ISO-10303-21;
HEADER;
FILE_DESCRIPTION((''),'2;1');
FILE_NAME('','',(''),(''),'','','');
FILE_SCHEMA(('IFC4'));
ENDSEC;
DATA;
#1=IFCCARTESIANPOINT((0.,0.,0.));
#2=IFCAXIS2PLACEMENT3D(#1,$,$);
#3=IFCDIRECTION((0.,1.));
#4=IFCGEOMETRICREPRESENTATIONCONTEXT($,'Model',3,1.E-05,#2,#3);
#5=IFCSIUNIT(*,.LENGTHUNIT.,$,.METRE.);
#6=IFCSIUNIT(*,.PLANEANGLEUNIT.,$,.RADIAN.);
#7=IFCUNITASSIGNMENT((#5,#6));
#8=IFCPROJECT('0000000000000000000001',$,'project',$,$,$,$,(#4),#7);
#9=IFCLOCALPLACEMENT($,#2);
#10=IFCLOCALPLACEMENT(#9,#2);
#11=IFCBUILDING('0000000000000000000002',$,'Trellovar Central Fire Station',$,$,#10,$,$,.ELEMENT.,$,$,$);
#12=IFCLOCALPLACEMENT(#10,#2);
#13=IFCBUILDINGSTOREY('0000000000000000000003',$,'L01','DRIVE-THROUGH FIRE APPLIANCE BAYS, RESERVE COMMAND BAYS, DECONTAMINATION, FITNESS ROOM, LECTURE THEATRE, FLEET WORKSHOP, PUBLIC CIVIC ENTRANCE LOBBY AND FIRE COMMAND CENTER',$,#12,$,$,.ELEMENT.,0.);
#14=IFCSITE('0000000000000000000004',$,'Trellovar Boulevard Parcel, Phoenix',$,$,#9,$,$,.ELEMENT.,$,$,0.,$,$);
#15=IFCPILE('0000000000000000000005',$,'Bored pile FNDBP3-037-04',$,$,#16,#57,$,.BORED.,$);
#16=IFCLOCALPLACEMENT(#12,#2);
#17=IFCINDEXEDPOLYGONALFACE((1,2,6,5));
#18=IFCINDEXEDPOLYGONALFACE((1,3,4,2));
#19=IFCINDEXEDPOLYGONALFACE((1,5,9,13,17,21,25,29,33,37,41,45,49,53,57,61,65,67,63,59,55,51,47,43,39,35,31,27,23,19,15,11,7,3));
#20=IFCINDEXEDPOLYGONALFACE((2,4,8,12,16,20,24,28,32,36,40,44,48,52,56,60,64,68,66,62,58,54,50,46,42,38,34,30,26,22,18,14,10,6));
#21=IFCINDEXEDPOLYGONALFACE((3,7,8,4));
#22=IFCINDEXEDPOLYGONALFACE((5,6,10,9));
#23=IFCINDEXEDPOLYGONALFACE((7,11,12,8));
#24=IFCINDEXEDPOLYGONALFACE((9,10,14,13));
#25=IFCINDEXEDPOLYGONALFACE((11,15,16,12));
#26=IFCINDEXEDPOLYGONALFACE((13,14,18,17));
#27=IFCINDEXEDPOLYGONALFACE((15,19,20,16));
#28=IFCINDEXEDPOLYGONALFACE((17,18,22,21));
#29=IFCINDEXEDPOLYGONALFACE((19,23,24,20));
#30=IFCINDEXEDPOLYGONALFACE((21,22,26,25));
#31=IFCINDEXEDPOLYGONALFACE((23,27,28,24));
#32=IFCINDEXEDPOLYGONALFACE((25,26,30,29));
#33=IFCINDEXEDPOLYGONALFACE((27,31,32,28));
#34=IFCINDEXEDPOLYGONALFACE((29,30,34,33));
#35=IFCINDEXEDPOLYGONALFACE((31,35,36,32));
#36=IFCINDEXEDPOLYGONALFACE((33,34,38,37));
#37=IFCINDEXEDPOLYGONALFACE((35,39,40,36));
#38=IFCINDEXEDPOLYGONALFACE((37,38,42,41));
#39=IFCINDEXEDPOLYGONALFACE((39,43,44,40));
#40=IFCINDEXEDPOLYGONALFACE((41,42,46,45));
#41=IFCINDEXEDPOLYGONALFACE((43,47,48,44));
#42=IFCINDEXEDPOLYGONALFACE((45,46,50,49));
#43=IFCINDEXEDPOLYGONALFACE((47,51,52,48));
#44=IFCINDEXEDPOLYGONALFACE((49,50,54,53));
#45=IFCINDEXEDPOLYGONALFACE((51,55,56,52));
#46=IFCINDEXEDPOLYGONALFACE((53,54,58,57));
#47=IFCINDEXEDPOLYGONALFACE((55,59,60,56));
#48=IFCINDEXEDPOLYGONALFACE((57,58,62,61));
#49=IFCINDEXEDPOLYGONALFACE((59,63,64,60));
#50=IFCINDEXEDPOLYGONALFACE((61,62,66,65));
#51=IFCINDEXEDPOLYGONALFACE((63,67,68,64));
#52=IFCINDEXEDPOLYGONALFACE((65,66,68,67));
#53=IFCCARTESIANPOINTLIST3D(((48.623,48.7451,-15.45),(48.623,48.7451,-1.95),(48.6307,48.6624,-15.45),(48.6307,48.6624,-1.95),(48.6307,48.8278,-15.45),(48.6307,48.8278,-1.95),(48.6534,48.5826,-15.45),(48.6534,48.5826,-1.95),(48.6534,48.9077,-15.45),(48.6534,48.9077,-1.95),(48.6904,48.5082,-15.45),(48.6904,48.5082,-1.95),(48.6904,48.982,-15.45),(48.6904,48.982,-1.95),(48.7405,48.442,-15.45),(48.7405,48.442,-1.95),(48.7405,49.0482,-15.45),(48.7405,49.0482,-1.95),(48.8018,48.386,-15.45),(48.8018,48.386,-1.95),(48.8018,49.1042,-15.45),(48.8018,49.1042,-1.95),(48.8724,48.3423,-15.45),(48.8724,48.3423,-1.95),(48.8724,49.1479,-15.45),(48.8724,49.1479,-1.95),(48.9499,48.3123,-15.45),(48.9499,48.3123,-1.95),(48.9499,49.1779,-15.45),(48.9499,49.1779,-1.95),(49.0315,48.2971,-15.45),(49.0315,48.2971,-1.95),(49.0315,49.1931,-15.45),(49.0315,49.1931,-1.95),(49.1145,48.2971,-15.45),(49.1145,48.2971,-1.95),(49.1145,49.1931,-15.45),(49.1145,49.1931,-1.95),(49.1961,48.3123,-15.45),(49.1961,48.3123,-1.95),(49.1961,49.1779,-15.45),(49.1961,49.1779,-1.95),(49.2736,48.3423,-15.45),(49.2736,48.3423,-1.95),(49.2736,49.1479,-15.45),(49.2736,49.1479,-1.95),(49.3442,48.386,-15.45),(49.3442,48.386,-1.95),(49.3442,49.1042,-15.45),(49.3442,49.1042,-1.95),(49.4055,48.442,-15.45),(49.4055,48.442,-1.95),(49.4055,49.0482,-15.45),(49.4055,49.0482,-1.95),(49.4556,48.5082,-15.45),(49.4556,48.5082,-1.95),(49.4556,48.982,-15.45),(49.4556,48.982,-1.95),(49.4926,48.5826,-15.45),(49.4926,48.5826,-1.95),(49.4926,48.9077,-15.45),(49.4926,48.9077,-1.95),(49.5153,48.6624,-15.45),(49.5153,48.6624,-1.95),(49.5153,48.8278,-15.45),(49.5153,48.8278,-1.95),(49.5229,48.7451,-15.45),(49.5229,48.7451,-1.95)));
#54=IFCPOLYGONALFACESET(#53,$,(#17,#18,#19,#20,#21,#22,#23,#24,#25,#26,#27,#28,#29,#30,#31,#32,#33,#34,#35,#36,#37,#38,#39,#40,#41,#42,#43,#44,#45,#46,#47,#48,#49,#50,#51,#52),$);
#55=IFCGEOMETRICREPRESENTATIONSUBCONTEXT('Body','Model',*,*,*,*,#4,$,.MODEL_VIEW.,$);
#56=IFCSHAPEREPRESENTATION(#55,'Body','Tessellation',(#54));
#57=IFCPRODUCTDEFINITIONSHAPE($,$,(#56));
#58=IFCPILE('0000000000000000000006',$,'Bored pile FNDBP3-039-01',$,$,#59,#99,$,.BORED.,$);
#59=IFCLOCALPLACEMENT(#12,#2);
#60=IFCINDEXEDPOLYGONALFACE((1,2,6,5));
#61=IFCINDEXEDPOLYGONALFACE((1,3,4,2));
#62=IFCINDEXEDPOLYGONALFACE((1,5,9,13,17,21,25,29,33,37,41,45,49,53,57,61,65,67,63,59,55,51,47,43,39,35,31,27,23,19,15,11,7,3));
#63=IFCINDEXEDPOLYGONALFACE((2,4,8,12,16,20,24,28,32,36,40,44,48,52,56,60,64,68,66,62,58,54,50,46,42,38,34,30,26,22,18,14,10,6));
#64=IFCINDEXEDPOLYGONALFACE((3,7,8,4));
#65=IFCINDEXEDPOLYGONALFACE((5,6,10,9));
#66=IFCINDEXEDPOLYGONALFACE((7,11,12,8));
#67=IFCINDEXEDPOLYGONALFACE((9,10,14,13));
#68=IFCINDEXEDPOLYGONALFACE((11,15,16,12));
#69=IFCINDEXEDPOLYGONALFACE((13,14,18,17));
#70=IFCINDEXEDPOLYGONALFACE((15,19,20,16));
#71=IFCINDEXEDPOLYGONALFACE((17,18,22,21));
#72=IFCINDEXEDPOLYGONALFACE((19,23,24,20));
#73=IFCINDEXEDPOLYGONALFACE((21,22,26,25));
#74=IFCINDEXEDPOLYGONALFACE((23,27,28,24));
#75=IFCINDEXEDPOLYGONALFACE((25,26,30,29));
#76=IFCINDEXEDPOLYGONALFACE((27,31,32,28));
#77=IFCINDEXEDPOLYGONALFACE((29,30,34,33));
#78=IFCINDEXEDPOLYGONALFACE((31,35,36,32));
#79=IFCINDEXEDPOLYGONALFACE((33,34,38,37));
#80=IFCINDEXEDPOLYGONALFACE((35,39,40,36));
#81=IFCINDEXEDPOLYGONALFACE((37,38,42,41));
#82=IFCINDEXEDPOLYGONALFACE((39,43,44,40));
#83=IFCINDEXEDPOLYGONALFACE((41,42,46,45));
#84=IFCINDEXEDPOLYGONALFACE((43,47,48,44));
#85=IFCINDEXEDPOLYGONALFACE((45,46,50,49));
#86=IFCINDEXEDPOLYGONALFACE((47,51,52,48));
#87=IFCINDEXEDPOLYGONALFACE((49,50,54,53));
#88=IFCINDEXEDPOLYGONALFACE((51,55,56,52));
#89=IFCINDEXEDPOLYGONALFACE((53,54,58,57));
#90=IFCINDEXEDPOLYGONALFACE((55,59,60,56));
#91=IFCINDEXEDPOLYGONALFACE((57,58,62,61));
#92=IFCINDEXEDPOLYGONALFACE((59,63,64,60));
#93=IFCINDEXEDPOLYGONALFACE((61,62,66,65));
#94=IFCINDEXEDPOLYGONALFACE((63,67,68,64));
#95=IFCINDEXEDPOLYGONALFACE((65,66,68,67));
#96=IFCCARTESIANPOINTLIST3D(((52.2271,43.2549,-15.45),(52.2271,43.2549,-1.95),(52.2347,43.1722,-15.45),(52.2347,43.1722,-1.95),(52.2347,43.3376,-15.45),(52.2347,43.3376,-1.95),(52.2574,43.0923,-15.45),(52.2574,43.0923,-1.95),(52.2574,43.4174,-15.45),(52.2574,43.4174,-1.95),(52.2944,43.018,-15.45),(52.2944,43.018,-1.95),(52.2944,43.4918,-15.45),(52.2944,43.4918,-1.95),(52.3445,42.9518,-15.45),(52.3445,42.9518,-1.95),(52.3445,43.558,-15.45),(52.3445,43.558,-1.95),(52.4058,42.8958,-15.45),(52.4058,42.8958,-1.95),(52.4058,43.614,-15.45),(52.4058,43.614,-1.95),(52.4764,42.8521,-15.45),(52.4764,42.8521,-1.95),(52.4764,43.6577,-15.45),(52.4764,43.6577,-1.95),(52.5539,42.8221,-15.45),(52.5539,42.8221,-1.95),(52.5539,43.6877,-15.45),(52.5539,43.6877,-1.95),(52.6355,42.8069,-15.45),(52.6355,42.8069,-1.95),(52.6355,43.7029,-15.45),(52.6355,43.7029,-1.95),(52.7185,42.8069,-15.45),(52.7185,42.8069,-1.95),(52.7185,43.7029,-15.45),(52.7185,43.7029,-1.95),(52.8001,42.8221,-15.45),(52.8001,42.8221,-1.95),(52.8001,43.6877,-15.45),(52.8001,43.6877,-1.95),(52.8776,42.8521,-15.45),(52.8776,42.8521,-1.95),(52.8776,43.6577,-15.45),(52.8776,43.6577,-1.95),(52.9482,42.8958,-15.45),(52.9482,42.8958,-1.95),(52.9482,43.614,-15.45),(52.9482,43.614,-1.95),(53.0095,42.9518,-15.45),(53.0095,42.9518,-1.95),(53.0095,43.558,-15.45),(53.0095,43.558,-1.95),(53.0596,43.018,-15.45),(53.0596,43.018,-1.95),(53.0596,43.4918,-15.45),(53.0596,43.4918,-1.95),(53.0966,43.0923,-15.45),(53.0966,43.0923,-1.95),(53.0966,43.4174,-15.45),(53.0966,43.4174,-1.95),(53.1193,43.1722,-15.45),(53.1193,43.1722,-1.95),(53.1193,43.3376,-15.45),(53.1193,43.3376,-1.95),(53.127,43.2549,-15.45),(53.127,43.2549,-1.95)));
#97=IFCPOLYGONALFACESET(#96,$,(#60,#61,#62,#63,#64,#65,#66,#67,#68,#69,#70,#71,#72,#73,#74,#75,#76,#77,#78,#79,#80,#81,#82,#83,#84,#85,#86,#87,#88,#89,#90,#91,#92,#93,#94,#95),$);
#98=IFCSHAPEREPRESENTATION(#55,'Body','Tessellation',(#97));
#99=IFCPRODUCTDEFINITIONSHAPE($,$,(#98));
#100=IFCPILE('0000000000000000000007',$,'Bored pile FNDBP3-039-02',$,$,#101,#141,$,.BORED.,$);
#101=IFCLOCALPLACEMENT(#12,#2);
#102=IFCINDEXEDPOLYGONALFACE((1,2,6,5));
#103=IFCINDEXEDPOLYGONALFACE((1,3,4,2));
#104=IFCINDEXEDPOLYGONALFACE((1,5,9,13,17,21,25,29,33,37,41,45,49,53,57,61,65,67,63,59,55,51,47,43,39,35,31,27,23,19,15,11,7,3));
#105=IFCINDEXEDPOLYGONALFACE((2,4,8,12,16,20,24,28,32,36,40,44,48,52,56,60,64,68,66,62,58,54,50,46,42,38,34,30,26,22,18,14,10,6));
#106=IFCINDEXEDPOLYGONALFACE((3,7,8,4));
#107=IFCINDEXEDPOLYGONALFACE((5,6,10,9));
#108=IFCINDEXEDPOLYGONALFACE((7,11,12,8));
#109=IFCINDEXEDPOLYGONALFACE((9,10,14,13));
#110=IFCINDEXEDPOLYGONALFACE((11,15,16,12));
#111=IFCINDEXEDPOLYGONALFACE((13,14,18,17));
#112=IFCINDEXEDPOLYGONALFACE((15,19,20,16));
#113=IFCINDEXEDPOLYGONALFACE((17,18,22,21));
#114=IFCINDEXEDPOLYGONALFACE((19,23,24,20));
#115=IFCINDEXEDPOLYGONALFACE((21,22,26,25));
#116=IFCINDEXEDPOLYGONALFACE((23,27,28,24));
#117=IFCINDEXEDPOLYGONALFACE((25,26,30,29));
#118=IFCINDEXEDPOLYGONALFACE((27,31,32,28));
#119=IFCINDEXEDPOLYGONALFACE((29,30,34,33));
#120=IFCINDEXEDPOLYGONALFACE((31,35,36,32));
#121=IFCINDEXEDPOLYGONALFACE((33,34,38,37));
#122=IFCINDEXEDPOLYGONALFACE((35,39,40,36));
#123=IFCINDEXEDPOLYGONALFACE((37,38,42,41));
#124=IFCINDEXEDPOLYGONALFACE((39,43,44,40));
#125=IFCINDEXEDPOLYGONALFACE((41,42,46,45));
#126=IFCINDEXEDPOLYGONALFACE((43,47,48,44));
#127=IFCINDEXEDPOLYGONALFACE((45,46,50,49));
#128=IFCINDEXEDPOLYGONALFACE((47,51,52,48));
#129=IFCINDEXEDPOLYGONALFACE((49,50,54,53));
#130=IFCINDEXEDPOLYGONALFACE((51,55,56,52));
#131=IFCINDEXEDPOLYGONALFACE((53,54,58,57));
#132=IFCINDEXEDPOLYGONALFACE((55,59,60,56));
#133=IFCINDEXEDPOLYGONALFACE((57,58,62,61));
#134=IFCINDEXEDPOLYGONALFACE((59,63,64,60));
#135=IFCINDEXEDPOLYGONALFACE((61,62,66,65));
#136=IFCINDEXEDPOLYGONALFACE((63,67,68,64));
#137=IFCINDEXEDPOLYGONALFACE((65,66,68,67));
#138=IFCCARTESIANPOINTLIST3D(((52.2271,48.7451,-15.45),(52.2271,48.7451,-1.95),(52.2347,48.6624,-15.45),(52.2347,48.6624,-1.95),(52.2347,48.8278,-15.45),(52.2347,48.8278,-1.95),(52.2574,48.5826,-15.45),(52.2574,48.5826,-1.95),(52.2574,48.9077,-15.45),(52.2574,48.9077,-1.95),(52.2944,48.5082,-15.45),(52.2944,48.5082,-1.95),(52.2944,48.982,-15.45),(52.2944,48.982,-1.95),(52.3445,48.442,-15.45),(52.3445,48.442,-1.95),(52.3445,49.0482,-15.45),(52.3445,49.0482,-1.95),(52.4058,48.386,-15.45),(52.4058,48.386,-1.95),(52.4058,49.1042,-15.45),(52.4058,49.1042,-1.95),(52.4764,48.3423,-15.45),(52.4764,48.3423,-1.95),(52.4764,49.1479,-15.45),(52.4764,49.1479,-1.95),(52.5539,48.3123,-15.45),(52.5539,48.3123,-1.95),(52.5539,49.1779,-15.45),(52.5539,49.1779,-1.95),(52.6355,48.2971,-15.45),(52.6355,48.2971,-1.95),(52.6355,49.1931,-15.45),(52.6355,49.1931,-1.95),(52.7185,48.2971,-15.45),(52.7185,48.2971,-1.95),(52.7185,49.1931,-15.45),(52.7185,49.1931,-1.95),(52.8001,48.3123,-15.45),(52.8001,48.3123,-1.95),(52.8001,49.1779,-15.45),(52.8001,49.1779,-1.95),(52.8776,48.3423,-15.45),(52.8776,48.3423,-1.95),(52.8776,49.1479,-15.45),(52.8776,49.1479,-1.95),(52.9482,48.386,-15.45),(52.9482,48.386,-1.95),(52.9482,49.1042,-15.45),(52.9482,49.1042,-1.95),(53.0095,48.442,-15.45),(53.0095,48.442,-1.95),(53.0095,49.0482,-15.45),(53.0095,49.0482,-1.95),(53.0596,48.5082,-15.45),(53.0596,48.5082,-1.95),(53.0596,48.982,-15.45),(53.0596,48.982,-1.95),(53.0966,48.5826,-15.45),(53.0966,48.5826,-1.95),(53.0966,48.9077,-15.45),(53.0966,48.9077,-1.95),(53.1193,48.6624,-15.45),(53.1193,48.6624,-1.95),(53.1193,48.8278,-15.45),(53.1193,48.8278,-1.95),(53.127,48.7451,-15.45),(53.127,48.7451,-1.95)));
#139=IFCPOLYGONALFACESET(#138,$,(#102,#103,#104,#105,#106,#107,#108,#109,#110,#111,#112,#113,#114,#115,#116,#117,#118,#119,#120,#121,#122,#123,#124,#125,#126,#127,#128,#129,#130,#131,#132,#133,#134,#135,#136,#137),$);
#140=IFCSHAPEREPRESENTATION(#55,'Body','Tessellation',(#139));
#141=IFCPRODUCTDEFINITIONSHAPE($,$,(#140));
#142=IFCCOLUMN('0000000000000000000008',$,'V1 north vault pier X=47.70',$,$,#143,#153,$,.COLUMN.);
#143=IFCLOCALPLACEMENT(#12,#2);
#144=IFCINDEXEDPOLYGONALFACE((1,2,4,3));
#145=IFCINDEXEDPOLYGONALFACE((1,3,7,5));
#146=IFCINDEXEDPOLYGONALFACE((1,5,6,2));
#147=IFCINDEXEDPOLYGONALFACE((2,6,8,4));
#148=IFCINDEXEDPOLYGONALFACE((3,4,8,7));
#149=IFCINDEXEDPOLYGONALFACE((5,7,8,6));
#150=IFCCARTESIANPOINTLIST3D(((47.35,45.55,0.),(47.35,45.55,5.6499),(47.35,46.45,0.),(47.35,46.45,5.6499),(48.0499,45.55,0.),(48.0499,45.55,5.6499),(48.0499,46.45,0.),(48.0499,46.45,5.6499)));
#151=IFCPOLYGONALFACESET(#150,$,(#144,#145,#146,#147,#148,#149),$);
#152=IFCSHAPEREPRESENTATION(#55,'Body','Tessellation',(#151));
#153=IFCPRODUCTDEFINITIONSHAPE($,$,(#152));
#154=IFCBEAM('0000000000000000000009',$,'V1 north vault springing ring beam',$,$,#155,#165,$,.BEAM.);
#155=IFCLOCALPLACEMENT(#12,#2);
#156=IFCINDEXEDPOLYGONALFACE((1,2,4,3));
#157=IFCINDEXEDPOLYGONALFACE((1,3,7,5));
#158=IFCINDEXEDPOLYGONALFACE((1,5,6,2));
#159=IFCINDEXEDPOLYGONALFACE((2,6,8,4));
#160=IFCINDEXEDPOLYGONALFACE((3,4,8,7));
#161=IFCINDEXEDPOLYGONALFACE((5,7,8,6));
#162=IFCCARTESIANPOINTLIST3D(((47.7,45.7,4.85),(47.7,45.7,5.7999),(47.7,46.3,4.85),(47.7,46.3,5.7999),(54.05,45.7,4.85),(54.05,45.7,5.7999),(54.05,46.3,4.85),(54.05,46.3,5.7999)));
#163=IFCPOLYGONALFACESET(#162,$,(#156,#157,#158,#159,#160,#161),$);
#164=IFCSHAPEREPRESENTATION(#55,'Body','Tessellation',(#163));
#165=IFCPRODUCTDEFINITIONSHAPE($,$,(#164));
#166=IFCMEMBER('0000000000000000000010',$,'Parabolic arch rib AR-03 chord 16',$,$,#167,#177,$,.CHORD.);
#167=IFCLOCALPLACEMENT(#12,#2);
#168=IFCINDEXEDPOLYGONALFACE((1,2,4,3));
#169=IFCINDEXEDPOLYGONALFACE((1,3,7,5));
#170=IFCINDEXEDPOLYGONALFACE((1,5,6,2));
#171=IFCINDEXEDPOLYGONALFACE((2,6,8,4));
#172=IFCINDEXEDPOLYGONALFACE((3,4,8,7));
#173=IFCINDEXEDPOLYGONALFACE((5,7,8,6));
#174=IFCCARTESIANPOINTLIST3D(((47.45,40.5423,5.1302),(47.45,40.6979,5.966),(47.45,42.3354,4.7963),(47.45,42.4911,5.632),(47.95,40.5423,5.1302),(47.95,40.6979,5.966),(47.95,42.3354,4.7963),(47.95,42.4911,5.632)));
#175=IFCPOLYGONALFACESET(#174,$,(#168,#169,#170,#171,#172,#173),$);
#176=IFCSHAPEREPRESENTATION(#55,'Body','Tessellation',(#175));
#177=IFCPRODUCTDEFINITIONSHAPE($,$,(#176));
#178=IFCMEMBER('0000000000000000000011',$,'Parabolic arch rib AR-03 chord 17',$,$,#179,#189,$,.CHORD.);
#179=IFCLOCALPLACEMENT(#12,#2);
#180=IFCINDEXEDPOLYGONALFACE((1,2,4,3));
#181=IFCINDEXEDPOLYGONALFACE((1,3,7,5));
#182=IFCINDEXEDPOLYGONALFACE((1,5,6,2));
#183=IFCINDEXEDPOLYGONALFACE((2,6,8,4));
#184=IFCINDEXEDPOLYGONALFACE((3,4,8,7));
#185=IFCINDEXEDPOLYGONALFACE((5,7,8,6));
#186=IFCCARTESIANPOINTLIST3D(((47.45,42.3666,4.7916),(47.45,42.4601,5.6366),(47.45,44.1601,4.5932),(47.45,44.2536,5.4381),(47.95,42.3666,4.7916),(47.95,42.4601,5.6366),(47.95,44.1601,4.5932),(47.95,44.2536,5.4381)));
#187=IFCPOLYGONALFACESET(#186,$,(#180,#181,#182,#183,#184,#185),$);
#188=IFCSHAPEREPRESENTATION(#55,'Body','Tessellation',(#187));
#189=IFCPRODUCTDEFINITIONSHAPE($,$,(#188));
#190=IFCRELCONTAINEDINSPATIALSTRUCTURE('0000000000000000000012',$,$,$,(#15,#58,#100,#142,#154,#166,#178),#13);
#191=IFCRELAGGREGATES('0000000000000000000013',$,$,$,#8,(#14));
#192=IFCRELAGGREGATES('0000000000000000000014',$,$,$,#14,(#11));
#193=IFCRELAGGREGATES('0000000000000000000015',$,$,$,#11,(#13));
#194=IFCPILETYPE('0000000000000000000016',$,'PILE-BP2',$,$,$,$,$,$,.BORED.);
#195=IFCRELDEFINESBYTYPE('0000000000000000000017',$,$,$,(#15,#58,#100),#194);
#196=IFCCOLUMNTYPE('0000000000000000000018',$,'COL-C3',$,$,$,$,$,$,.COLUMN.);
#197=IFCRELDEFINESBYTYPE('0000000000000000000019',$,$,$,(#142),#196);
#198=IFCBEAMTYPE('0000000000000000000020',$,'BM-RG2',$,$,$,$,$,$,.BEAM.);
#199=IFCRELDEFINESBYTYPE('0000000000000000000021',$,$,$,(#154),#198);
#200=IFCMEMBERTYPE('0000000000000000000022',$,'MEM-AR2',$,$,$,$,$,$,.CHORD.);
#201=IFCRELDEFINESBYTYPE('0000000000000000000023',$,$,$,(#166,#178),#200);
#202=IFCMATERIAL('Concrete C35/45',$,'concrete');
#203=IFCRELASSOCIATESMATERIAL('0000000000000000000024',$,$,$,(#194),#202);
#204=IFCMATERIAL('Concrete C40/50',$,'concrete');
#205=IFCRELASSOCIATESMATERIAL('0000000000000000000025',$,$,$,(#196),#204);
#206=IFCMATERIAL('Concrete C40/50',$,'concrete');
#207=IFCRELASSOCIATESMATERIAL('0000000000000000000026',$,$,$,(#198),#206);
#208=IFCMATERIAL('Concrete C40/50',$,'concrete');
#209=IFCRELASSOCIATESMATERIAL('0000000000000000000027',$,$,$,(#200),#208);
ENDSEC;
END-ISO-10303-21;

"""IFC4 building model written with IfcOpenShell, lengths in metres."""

from ifc_helpers import new_model, si_unit, direction, frame, origin, origin_2d, place, context, subcontext, project, spatial, rectangle, circle, extrude, material, material_profile, profile_set, type_object, element, save


model = new_model("IFC4")

# Units and contexts
model_context = context("Model", 3, precision=1e-05, world=origin(), true_north=direction((0.0, 1.0)))
body_context = subcontext(model_context, "Body", "Model", "MODEL_VIEW")
ifc_project = project(units=[si_unit("LENGTHUNIT", "METRE"), si_unit("PLANEANGLEUNIT", "RADIAN")], contexts=[model_context])

# Site, building, storey
site_placement = place(None, origin())
site = spatial("IfcSite", under=ifc_project, at=site_placement, Name="Trellovar Boulevard Parcel, Phoenix", CompositionType="ELEMENT", RefElevation=0.0)
building_placement = place(site_placement, origin())
building = spatial("IfcBuilding", under=site, at=building_placement, Name="Trellovar Central Fire Station", CompositionType="ELEMENT")
storey_placement = place(building_placement, origin())
storey = spatial("IfcBuildingStorey", under=building, at=storey_placement, Name="L01", Description="DRIVE-THROUGH FIRE APPLIANCE BAYS, RESERVE COMMAND BAYS, DECONTAMINATION, FITNESS ROOM, LECTURE THEATRE, FLEET WORKSHOP, PUBLIC CIVIC ENTRANCE LOBBY AND FIRE COMMAND CENTER", CompositionType="ELEMENT", Elevation=0.0)

# Piles
ifc_material_1 = material(Name="Concrete C35/45", Category="concrete")
ifc_material_profile_1 = material_profile(ifc_material_1, circle(Radius=0.45, at=origin_2d()), Name="PILE900")
ifc_profile_set_1 = profile_set([ifc_material_profile_1], Name="Concrete C35/45")
pile_type = type_object("IfcPileType", Name="PILE-BP2", PredefinedType="BORED", material=ifc_profile_set_1)
for number, where, z_axis, x_axis, name in (
    (1, (49.073, 48.7451, -1.95), (0.0, 0.0, -1.0), (1.0, 0.0, 0.0), "Bored pile FNDBP3-037-04"),
    (2, (52.677, 43.2549, -1.95), (0.0, 0.0, -1.0), (1.0, 0.0, 0.0), "Bored pile FNDBP3-039-01"),
    (3, (52.677, 48.7451, -1.95), (0.0, 0.0, -1.0), (1.0, 0.0, 0.0), "Bored pile FNDBP3-039-02"),
):
    element("IfcPile", number, at=place(storey_placement, frame(where, z_axis=z_axis, x_axis=x_axis)), inside=storey, type_object=pile_type, Name=name, PredefinedType="BORED", context=body_context, shape_type="SweptSolid", body=[
        extrude(circle(Radius=0.45, at=origin_2d()), origin(), (0.0, 0.0, 1.0), 13.5),
    ])

# Column
ifc_material_2 = material(Name="Concrete C40/50", Category="concrete")
ifc_material_profile_2 = material_profile(ifc_material_2, rectangle(XDim=0.7, YDim=0.8999, at=origin_2d()), Name="RC700X900")
ifc_profile_set_2 = profile_set([ifc_material_profile_2], Name="Concrete C40/50")
column_type = type_object("IfcColumnType", Name="COL-C3", PredefinedType="COLUMN", material=ifc_profile_set_2)
column_placement = place(storey_placement, frame((47.7, 46.0, 0.0), z_axis=(0.0, 0.0, 1.0), x_axis=(1.0, 0.0, 0.0)))
element("IfcColumn", 4, at=column_placement, inside=storey, type_object=column_type, Name="V1 north vault pier X=47.70", PredefinedType="COLUMN", context=body_context, shape_type="SweptSolid", body=[
    extrude(rectangle(XDim=0.7, YDim=0.8999, at=origin_2d()), origin(), (0.0, 0.0, 1.0), 5.6499),
])

# Beam
ifc_material_3 = material(Name="Concrete C40/50", Category="concrete")
ifc_material_profile_3 = material_profile(ifc_material_3, rectangle(XDim=0.6001, YDim=0.95, at=origin_2d()), Name="RC600X950")
ifc_profile_set_3 = profile_set([ifc_material_profile_3], Name="Concrete C40/50")
beam_type = type_object("IfcBeamType", Name="BM-RG2", PredefinedType="BEAM", material=ifc_profile_set_3)
beam_placement = place(storey_placement, frame((47.7, 46.0, 5.325), z_axis=(1.0, 0.0, 0.0), x_axis=(0.0, 1.0, 0.0)))
element("IfcBeam", 5, at=beam_placement, inside=storey, type_object=beam_type, Name="V1 north vault springing ring beam", PredefinedType="BEAM", context=body_context, shape_type="SweptSolid", body=[
    extrude(rectangle(XDim=0.6001, YDim=0.95, at=origin_2d()), origin(), (0.0, 0.0, 1.0), 6.3501),
])

# Members
ifc_material_4 = material(Name="Concrete C40/50", Category="concrete")
ifc_material_profile_4 = material_profile(ifc_material_4, rectangle(XDim=0.5, YDim=0.8501, at=origin_2d()), Name="RC500X850")
ifc_profile_set_4 = profile_set([ifc_material_profile_4], Name="Concrete C40/50")
member_type_1 = type_object("IfcMemberType", Name="MEM-AR2", PredefinedType="CHORD", material=ifc_profile_set_4)
member_1_placement = place(storey_placement, frame((47.7, 40.6201, 5.5481), z_axis=(0.0, 0.983094, -0.1831), x_axis=(-1.0, 0.0, 0.0)))
element("IfcMember", 6, at=member_1_placement, inside=storey, type_object=member_type_1, Name="Parabolic arch rib AR-03 chord 16", PredefinedType="CHORD", context=body_context, shape_type="SweptSolid", body=[
    extrude(rectangle(XDim=0.5, YDim=0.8501, at=origin_2d()), origin(), (0.0, 0.0, 1.0), 1.824),
])
member_2_placement = place(storey_placement, frame((47.7, 42.4133, 5.2141), z_axis=(0.0, 0.993931, -0.110001), x_axis=(-1.0, 0.0, 0.0)))
element("IfcMember", 7, at=member_2_placement, inside=storey, type_object=member_type_1, Name="Parabolic arch rib AR-03 chord 17", PredefinedType="CHORD", context=body_context, shape_type="SweptSolid", body=[
    extrude(rectangle(XDim=0.5, YDim=0.8501, at=origin_2d()), origin(), (0.0, 0.0, 1.0), 1.8044),
])

save(model, "model.ifc")
